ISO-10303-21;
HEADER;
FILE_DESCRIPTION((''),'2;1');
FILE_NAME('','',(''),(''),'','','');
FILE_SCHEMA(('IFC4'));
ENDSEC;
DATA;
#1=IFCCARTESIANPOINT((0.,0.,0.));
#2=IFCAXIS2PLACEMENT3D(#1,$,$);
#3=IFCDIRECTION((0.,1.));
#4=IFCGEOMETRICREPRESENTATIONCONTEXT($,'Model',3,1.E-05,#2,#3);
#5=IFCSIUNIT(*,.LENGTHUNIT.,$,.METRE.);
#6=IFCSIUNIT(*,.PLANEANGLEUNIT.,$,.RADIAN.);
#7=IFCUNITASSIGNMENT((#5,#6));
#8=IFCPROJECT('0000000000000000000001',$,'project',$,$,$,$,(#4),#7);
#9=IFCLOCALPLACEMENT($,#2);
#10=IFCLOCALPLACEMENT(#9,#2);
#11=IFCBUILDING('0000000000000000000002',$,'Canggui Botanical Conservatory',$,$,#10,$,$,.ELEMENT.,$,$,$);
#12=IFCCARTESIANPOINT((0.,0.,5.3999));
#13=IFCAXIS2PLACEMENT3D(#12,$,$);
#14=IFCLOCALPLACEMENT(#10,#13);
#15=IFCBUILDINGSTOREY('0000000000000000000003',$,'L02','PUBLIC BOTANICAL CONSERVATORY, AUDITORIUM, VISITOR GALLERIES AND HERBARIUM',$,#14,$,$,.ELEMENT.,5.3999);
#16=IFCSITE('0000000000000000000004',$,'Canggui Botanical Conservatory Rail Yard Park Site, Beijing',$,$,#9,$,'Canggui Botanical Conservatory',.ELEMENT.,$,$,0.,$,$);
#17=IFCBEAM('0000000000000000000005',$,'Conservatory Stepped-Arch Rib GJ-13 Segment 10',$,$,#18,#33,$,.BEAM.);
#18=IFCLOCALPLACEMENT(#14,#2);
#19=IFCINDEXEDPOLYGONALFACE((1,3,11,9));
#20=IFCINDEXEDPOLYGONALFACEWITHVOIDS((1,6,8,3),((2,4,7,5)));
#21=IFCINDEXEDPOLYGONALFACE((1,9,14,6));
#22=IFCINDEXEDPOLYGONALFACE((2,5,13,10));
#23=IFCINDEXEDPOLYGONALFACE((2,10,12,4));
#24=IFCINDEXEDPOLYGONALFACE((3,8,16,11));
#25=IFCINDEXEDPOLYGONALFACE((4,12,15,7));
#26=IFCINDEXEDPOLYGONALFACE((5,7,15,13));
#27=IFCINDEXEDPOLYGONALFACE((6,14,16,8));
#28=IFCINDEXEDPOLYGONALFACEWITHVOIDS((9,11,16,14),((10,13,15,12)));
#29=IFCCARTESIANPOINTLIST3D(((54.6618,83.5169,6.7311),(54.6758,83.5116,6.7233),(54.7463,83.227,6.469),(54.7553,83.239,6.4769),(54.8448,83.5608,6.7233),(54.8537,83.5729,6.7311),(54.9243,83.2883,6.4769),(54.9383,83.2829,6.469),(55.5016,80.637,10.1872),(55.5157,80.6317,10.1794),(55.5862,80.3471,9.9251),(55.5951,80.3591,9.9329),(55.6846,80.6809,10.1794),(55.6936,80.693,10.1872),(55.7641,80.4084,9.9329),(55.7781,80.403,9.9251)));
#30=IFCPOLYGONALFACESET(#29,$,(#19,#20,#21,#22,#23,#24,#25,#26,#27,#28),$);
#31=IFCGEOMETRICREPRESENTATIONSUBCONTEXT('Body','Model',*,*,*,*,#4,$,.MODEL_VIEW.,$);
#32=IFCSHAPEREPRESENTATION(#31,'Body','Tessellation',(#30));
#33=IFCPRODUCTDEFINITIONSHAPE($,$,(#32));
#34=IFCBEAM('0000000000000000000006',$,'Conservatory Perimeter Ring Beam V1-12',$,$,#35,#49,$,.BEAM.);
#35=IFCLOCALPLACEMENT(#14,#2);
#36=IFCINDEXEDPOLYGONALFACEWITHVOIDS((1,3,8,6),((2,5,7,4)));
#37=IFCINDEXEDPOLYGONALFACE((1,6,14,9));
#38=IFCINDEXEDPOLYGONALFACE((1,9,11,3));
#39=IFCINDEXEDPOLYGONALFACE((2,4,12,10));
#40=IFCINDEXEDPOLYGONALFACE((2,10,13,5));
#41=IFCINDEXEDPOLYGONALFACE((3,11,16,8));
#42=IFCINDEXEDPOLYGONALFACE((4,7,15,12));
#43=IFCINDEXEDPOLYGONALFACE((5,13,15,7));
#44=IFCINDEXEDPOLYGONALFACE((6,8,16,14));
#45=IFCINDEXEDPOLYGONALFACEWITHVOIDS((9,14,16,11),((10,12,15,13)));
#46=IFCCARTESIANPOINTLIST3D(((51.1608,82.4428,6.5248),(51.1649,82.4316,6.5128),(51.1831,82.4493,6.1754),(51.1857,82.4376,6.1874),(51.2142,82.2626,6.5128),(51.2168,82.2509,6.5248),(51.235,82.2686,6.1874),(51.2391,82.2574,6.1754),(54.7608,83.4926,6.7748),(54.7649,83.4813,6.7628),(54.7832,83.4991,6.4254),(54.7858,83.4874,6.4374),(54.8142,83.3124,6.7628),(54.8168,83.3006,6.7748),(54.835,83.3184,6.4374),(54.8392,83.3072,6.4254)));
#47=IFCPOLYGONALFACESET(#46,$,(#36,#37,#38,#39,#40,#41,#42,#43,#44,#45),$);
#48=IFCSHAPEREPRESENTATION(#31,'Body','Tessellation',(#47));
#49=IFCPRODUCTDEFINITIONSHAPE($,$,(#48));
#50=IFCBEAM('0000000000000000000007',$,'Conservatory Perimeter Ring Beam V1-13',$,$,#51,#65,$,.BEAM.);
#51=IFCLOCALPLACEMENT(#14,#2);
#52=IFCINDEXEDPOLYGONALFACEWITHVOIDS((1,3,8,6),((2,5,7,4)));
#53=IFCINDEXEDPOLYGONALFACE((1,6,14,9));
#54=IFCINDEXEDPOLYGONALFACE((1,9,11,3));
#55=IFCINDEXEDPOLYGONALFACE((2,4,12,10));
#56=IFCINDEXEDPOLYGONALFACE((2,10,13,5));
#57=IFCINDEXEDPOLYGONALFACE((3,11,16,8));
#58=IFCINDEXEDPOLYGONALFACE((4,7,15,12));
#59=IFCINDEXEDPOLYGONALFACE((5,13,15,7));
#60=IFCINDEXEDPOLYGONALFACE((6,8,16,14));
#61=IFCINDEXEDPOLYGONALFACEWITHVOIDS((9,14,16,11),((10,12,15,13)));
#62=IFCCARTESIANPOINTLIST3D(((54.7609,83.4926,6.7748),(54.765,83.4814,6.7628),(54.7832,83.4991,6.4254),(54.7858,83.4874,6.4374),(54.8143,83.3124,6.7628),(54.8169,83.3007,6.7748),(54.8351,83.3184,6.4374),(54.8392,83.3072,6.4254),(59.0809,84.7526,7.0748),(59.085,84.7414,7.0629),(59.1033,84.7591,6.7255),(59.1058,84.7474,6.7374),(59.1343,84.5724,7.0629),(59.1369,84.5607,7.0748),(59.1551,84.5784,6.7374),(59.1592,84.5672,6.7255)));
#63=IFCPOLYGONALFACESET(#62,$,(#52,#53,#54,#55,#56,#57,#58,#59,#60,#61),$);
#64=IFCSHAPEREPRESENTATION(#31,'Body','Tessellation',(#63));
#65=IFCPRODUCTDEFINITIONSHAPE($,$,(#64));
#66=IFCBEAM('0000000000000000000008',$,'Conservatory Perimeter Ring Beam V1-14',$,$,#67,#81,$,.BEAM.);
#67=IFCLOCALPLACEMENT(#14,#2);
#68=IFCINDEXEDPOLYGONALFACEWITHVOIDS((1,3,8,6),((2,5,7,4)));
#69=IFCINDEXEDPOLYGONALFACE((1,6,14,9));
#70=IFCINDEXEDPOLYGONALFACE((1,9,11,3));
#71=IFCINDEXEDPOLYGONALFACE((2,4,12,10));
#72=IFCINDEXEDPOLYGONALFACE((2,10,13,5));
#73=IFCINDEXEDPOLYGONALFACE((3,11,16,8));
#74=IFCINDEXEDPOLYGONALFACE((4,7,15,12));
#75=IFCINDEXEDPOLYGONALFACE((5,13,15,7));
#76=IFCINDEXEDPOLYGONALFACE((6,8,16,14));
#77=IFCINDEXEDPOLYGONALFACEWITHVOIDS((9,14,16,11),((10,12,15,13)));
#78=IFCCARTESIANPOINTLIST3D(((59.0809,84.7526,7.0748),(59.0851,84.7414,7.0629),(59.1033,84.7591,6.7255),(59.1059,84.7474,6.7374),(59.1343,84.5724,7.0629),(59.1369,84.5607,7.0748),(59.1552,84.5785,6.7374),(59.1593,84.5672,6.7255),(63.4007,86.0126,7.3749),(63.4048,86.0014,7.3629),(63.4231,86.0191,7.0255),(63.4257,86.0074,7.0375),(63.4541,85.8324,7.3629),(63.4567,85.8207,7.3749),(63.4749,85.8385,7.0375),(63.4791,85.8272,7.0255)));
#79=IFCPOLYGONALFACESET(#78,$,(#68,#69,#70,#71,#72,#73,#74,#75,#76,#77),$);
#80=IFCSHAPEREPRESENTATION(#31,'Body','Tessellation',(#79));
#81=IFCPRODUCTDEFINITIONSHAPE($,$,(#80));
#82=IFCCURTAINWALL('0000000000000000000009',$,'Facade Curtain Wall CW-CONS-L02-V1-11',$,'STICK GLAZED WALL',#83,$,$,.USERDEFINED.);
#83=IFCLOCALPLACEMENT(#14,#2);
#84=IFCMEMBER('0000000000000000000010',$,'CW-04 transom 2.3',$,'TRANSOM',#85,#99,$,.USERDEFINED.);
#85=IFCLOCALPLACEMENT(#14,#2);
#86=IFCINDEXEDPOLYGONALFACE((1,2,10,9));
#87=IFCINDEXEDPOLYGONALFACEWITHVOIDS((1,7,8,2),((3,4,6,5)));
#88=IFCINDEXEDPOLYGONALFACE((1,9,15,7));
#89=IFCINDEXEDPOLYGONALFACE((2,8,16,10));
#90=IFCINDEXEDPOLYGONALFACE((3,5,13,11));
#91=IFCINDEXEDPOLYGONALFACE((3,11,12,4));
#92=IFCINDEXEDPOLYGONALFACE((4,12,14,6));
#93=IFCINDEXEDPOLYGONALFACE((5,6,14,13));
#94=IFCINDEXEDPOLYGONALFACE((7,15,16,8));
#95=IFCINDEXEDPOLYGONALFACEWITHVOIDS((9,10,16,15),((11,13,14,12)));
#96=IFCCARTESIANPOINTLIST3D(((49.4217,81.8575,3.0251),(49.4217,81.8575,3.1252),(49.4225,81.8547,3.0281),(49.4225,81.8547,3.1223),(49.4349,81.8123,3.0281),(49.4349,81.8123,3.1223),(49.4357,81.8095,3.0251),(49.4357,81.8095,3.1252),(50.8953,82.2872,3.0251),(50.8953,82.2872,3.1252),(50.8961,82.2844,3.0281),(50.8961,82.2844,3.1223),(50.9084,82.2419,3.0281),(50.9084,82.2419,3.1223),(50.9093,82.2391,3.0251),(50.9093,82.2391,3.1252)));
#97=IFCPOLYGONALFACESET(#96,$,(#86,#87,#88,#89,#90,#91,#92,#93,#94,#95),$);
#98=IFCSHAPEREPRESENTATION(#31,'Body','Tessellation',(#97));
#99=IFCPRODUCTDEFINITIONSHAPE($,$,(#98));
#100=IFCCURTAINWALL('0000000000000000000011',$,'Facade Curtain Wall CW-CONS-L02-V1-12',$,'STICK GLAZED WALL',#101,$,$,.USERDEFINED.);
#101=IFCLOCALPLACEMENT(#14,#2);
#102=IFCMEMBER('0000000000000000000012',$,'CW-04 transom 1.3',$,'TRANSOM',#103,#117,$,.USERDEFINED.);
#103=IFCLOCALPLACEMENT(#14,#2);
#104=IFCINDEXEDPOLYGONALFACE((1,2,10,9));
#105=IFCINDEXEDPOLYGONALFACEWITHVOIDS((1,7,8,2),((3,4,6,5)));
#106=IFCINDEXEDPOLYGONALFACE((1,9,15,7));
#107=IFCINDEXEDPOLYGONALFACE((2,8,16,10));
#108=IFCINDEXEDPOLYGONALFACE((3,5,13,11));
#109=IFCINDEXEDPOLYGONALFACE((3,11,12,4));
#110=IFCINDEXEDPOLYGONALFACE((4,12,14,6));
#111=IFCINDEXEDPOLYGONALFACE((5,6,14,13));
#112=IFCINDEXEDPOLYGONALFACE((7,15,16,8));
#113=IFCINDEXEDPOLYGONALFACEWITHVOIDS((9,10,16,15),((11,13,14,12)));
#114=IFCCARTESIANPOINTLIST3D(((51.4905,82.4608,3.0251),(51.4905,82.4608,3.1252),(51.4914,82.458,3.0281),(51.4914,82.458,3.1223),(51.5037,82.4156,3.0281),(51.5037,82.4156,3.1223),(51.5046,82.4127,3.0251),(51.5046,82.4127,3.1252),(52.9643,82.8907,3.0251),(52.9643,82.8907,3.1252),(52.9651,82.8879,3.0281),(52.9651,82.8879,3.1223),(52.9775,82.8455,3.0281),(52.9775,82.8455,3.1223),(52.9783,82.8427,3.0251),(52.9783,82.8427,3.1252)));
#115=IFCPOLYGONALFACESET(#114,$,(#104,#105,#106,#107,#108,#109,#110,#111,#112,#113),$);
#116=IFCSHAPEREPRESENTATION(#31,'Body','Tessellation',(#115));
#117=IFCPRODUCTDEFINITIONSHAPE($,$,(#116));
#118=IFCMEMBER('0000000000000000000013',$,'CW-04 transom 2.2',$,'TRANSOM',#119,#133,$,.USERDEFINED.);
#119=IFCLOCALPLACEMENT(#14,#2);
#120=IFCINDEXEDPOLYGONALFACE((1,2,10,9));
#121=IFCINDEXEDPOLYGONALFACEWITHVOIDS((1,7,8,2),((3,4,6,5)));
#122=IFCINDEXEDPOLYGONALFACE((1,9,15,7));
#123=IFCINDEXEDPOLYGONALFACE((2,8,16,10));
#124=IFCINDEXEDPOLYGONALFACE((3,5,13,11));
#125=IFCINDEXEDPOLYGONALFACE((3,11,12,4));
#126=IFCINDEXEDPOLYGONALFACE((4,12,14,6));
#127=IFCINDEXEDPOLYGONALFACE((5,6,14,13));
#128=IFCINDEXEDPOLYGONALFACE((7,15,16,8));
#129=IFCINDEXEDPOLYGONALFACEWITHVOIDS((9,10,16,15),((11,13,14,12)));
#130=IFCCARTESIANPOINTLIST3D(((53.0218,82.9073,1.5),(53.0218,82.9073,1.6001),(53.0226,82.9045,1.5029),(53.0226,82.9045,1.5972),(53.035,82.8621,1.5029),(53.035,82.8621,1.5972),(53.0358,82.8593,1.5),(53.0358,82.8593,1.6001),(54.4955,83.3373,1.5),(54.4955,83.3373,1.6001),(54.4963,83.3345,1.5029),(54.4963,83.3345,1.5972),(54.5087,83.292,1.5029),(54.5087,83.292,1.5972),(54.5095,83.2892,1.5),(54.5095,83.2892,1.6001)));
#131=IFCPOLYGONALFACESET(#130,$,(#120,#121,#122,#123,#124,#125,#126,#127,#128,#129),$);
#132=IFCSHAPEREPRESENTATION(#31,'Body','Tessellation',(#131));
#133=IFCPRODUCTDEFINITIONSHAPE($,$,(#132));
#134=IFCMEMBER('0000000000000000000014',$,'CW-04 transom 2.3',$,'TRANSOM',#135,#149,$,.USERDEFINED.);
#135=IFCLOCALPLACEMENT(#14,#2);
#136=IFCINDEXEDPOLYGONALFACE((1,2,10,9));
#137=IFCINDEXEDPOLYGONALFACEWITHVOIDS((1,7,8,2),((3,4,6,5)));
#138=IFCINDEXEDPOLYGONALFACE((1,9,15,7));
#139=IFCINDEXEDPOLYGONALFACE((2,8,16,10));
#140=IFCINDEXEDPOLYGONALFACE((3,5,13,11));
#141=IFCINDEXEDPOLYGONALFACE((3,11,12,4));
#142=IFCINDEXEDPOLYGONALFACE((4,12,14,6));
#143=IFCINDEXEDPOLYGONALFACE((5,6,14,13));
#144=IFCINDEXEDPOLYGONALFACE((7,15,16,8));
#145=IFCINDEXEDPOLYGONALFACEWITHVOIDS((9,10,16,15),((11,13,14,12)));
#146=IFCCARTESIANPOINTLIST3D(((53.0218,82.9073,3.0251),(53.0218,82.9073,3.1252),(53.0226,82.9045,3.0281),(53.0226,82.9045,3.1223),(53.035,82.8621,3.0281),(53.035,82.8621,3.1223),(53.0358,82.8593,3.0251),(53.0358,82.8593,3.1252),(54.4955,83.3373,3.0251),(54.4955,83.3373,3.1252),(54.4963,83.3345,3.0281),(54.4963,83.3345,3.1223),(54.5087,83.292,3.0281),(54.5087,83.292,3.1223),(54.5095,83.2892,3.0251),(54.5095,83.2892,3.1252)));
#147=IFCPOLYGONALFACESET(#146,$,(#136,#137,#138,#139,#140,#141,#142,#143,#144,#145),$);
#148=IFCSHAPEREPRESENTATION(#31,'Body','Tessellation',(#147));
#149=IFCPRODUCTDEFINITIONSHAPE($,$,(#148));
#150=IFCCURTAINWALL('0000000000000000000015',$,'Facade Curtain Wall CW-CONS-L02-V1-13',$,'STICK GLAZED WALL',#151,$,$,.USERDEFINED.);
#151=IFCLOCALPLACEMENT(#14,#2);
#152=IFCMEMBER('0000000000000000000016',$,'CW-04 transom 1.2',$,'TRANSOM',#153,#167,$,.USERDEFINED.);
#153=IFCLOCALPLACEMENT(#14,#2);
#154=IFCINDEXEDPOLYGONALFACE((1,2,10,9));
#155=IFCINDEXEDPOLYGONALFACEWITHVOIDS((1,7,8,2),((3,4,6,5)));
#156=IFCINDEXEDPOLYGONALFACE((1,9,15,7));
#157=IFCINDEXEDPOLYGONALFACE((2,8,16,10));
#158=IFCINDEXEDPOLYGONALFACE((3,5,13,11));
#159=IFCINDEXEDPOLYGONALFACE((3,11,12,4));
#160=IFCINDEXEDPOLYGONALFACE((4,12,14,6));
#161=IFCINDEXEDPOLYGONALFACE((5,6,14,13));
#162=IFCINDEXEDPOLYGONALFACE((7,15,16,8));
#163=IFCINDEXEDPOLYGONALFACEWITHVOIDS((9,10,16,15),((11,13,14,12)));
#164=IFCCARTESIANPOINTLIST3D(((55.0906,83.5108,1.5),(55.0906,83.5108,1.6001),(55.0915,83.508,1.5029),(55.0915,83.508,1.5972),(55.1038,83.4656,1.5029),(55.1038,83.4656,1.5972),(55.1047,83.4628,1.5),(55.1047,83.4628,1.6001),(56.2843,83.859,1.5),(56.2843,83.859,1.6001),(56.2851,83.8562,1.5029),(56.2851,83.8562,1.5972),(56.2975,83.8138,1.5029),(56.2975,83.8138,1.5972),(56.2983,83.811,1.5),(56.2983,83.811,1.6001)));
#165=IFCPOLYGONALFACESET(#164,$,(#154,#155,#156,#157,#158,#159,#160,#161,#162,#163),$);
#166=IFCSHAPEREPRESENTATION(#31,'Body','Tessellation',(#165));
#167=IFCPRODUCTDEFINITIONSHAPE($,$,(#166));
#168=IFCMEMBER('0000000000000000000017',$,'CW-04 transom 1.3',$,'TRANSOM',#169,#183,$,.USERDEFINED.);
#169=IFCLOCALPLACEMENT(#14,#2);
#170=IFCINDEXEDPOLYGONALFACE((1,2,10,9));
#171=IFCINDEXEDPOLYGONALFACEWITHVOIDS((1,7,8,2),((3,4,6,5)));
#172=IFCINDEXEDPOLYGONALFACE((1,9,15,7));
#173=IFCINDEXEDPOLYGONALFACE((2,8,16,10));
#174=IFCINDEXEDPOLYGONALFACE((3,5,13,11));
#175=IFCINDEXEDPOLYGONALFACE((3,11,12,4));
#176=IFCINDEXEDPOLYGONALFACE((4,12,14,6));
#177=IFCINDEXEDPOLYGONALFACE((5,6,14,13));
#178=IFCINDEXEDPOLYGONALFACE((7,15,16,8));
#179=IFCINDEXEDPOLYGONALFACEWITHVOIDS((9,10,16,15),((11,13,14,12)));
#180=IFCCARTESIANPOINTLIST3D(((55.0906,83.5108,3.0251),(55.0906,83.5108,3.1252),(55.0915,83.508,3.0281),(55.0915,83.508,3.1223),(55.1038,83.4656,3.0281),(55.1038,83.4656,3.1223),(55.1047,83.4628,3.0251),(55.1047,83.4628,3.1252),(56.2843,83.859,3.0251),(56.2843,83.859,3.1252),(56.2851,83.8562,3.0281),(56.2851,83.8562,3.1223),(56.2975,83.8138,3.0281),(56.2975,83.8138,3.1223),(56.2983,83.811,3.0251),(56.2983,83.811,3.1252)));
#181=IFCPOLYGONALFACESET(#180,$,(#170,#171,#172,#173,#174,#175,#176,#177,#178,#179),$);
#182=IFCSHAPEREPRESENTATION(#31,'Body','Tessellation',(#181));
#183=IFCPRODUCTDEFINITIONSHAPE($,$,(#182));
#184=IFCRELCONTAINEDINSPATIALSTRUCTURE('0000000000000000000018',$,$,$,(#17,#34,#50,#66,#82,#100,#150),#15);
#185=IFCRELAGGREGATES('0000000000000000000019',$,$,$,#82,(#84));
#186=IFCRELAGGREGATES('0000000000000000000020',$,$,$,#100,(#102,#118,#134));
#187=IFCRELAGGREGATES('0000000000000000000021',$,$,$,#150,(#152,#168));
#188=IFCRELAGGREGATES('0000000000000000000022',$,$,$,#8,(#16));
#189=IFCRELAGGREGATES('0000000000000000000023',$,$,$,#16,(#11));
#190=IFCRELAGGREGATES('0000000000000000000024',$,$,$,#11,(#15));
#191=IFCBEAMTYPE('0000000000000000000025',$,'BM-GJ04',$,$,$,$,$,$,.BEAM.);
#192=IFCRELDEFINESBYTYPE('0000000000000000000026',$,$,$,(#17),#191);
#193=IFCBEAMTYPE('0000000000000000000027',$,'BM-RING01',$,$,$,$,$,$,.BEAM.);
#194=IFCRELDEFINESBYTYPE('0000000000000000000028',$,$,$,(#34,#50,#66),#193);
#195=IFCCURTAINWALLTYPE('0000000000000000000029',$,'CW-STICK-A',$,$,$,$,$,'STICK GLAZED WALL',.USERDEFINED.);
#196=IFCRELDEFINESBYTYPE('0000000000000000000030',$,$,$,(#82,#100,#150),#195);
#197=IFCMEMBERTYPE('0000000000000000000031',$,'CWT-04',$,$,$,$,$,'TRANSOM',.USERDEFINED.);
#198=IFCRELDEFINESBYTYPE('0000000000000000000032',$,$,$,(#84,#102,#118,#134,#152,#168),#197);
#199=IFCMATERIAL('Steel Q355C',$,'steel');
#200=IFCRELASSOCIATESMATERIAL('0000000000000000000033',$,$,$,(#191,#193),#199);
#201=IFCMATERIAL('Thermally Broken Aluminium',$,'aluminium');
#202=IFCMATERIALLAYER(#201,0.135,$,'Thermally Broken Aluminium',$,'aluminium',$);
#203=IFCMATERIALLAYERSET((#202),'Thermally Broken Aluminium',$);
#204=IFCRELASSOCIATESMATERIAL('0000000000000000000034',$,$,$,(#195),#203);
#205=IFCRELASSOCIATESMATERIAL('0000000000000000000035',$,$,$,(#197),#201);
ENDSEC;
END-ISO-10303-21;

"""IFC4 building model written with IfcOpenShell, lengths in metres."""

from ifc_helpers import new_model, si_unit, direction, frame, origin, origin_2d, place, context, subcontext, project, spatial, hollow_rectangle, extrude, material, layer, layer_set, material_profile, profile_set, type_object, element, aggregate, save


model = new_model("IFC4")

# Units and contexts
model_context = context("Model", 3, precision=1e-05, world=origin(), true_north=direction((0.0, 1.0)))
body_context = subcontext(model_context, "Body", "Model", "MODEL_VIEW")
ifc_project = project(units=[si_unit("LENGTHUNIT", "METRE"), si_unit("PLANEANGLEUNIT", "RADIAN")], contexts=[model_context])

# Site, building, storey
site_placement = place(None, origin())
site = spatial("IfcSite", under=ifc_project, at=site_placement, Name="Canggui Botanical Conservatory Rail Yard Park Site, Beijing", LongName="Canggui Botanical Conservatory", CompositionType="ELEMENT", RefElevation=0.0)
building_placement = place(site_placement, origin())
building = spatial("IfcBuilding", under=site, at=building_placement, Name="Canggui Botanical Conservatory", CompositionType="ELEMENT")
storey_placement = place(building_placement, frame((0.0, 0.0, 5.3999)))
storey = spatial("IfcBuildingStorey", under=building, at=storey_placement, Name="L02", Description="PUBLIC BOTANICAL CONSERVATORY, AUDITORIUM, VISITOR GALLERIES AND HERBARIUM", CompositionType="ELEMENT", Elevation=5.3999)

# Beams
ifc_material_1 = material(Name="Steel Q355C", Category="steel")
ifc_material_profile_1 = material_profile(ifc_material_1, hollow_rectangle(XDim=0.2, YDim=0.3999, WallThickness=0.012, at=origin_2d()), Name="RHS 200x400x12")
ifc_profile_set_1 = profile_set([ifc_material_profile_1], Name="Steel Q355C")
beam_type_1 = type_object("IfcBeamType", Name="BM-GJ04", PredefinedType="BEAM", material=ifc_profile_set_1)
beam_1_placement = place(storey_placement, frame((55.6399, 80.52, 10.0562), z_axis=(-0.183517, 0.629291, -0.755192), x_axis=(-0.960011, -0.279962, 0.0)))
element("IfcBeam", 1, at=beam_1_placement, inside=storey, type_object=beam_type_1, Name="Conservatory Stepped-Arch Rib GJ-13 Segment 10", PredefinedType="BEAM", context=body_context, shape_type="SweptSolid", body=[
    extrude(hollow_rectangle(XDim=0.2, YDim=0.3999, WallThickness=0.012, at=origin_2d()), origin(), (0.0, 0.0, 1.0), 4.5764),
])
ifc_material_profile_2 = material_profile(ifc_material_1, hollow_rectangle(XDim=0.2, YDim=0.3501, WallThickness=0.012, at=origin_2d()), Name="RHS 200x350x12")
ifc_profile_set_2 = profile_set([ifc_material_profile_2], Name="Steel Q355C")
beam_type_2 = type_object("IfcBeamType", Name="BM-RING01", PredefinedType="BEAM", material=ifc_profile_set_2)
beam_2_placement = place(storey_placement, frame((51.2, 82.3501, 6.3501), z_axis=(0.95789, 0.279325, 0.066518), x_axis=(-0.279945, 0.960016, 0.0)))
element("IfcBeam", 2, at=beam_2_placement, inside=storey, type_object=beam_type_2, Name="Conservatory Perimeter Ring Beam V1-12", PredefinedType="BEAM", context=body_context, shape_type="SweptSolid", body=[
    extrude(hollow_rectangle(XDim=0.2, YDim=0.3501, WallThickness=0.012, at=origin_2d()), origin(), (0.0, 0.0, 1.0), 3.7583),
])
beam_3_placement = place(storey_placement, frame((54.8, 83.3999, 6.6001), z_axis=(0.957874, 0.279378, 0.066529), x_axis=(-0.279998, 0.960001, 0.0)))
element("IfcBeam", 3, at=beam_3_placement, inside=storey, type_object=beam_type_2, Name="Conservatory Perimeter Ring Beam V1-13", PredefinedType="BEAM", context=body_context, shape_type="SweptSolid", body=[
    extrude(hollow_rectangle(XDim=0.2, YDim=0.3501, WallThickness=0.012, at=origin_2d()), origin(), (0.0, 0.0, 1.0), 4.51),
])
beam_4_placement = place(storey_placement, frame((59.1201, 84.6599, 6.9001), z_axis=(0.957869, 0.279392, 0.066532), x_axis=(-0.280013, 0.959996, 0.0)))
element("IfcBeam", 4, at=beam_4_placement, inside=storey, type_object=beam_type_2, Name="Conservatory Perimeter Ring Beam V1-14", PredefinedType="BEAM", context=body_context, shape_type="SweptSolid", body=[
    extrude(hollow_rectangle(XDim=0.2, YDim=0.3501, WallThickness=0.012, at=origin_2d()), origin(), (0.0, 0.0, 1.0), 4.5098),
])

# Curtain wall, member
ifc_material_2 = material(Name="Thermally Broken Aluminium", Category="aluminium")
ifc_layer_1 = layer(ifc_material_2, 0.135, Name="Thermally Broken Aluminium", Category="aluminium")
ifc_layer_set_1 = layer_set([ifc_layer_1], Name="Thermally Broken Aluminium")
curtain_wall_type = type_object("IfcCurtainWallType", Name="CW-STICK-A", ElementType="STICK GLAZED WALL", PredefinedType="USERDEFINED", material=ifc_layer_set_1)
curtain_wall_1_placement = place(storey_placement, origin())
curtain_wall_1 = element("IfcCurtainWall", 5, at=curtain_wall_1_placement, inside=storey, type_object=curtain_wall_type, Name="Facade Curtain Wall CW-CONS-L02-V1-11", ObjectType="STICK GLAZED WALL", PredefinedType="USERDEFINED")
ifc_material_profile_3 = material_profile(ifc_material_2, hollow_rectangle(XDim=0.05, YDim=0.1001, WallThickness=0.0029, at=origin_2d()), Name="CWT 50x100x3")
ifc_profile_set_3 = profile_set([ifc_material_profile_3], Name="Thermally Broken Aluminium")
member_type_1 = type_object("IfcMemberType", Name="CWT-04", ElementType="TRANSOM", PredefinedType="USERDEFINED", material=ifc_profile_set_3)
member_1_placement = place(storey_placement, frame((49.4287, 81.8335, 3.0752), z_axis=(0.960021, 0.279927, 0.0), x_axis=(-0.279927, 0.960021, 0.0)))
member_1 = element("IfcMember", 6, at=member_1_placement, type_object=member_type_1, Name="CW-04 transom 2.3", ObjectType="TRANSOM", PredefinedType="USERDEFINED", context=body_context, shape_type="SweptSolid", body=[
    extrude(hollow_rectangle(XDim=0.05, YDim=0.1001, WallThickness=0.0029, at=origin_2d()), origin(), (0.0, 0.0, 1.0), 1.5349),
])

# Curtain walls, members
curtain_wall_2_placement = place(storey_placement, origin())
curtain_wall_2 = element("IfcCurtainWall", 7, at=curtain_wall_2_placement, inside=storey, type_object=curtain_wall_type, Name="Facade Curtain Wall CW-CONS-L02-V1-12", ObjectType="STICK GLAZED WALL", PredefinedType="USERDEFINED")
member_2_placement = place(storey_placement, frame((51.4976, 82.4368, 3.0752), z_axis=(0.959979, 0.280073, 0.0), x_axis=(-0.280073, 0.959979, 0.0)))
member_2 = element("IfcMember", 8, at=member_2_placement, type_object=member_type_1, Name="CW-04 transom 1.3", ObjectType="TRANSOM", PredefinedType="USERDEFINED", context=body_context, shape_type="SweptSolid", body=[
    extrude(hollow_rectangle(XDim=0.05, YDim=0.1001, WallThickness=0.0029, at=origin_2d()), origin(), (0.0, 0.0, 1.0), 1.5352),
])
member_3_placement = place(storey_placement, frame((53.0288, 82.8833, 1.55), z_axis=(0.959979, 0.280073, 0.0), x_axis=(-0.280073, 0.959979, 0.0)))
member_3 = element("IfcMember", 9, at=member_3_placement, type_object=member_type_1, Name="CW-04 transom 2.2", ObjectType="TRANSOM", PredefinedType="USERDEFINED", context=body_context, shape_type="SweptSolid", body=[
    extrude(hollow_rectangle(XDim=0.05, YDim=0.1001, WallThickness=0.0029, at=origin_2d()), origin(), (0.0, 0.0, 1.0), 1.5352),
])
member_4_placement = place(storey_placement, frame((53.0288, 82.8833, 3.0752), z_axis=(0.959979, 0.280073, 0.0), x_axis=(-0.280073, 0.959979, 0.0)))
member_4 = element("IfcMember", 10, at=member_4_placement, type_object=member_type_1, Name="CW-04 transom 2.3", ObjectType="TRANSOM", PredefinedType="USERDEFINED", context=body_context, shape_type="SweptSolid", body=[
    extrude(hollow_rectangle(XDim=0.05, YDim=0.1001, WallThickness=0.0029, at=origin_2d()), origin(), (0.0, 0.0, 1.0), 1.5352),
])
curtain_wall_3_placement = place(storey_placement, origin())
curtain_wall_3 = element("IfcCurtainWall", 11, at=curtain_wall_3_placement, inside=storey, type_object=curtain_wall_type, Name="Facade Curtain Wall CW-CONS-L02-V1-13", ObjectType="STICK GLAZED WALL", PredefinedType="USERDEFINED")
member_5_placement = place(storey_placement, frame((55.0977, 83.4868, 1.55), z_axis=(0.959998, 0.280008, 0.0), x_axis=(-0.280008, 0.959998, 0.0)))
member_5 = element("IfcMember", 12, at=member_5_placement, type_object=member_type_1, Name="CW-04 transom 1.2", ObjectType="TRANSOM", PredefinedType="USERDEFINED", context=body_context, shape_type="SweptSolid", body=[
    extrude(hollow_rectangle(XDim=0.05, YDim=0.1001, WallThickness=0.0029, at=origin_2d()), origin(), (0.0, 0.0, 1.0), 1.2434),
])
member_6_placement = place(storey_placement, frame((55.0977, 83.4868, 3.0752), z_axis=(0.959998, 0.280008, 0.0), x_axis=(-0.280008, 0.959998, 0.0)))
member_6 = element("IfcMember", 13, at=member_6_placement, type_object=member_type_1, Name="CW-04 transom 1.3", ObjectType="TRANSOM", PredefinedType="USERDEFINED", context=body_context, shape_type="SweptSolid", body=[
    extrude(hollow_rectangle(XDim=0.05, YDim=0.1001, WallThickness=0.0029, at=origin_2d()), origin(), (0.0, 0.0, 1.0), 1.2434),
])

aggregate(curtain_wall_1, [member_1])
aggregate(curtain_wall_2, [member_2, member_3, member_4])
aggregate(curtain_wall_3, [member_5, member_6])

save(model, "model.ifc")
